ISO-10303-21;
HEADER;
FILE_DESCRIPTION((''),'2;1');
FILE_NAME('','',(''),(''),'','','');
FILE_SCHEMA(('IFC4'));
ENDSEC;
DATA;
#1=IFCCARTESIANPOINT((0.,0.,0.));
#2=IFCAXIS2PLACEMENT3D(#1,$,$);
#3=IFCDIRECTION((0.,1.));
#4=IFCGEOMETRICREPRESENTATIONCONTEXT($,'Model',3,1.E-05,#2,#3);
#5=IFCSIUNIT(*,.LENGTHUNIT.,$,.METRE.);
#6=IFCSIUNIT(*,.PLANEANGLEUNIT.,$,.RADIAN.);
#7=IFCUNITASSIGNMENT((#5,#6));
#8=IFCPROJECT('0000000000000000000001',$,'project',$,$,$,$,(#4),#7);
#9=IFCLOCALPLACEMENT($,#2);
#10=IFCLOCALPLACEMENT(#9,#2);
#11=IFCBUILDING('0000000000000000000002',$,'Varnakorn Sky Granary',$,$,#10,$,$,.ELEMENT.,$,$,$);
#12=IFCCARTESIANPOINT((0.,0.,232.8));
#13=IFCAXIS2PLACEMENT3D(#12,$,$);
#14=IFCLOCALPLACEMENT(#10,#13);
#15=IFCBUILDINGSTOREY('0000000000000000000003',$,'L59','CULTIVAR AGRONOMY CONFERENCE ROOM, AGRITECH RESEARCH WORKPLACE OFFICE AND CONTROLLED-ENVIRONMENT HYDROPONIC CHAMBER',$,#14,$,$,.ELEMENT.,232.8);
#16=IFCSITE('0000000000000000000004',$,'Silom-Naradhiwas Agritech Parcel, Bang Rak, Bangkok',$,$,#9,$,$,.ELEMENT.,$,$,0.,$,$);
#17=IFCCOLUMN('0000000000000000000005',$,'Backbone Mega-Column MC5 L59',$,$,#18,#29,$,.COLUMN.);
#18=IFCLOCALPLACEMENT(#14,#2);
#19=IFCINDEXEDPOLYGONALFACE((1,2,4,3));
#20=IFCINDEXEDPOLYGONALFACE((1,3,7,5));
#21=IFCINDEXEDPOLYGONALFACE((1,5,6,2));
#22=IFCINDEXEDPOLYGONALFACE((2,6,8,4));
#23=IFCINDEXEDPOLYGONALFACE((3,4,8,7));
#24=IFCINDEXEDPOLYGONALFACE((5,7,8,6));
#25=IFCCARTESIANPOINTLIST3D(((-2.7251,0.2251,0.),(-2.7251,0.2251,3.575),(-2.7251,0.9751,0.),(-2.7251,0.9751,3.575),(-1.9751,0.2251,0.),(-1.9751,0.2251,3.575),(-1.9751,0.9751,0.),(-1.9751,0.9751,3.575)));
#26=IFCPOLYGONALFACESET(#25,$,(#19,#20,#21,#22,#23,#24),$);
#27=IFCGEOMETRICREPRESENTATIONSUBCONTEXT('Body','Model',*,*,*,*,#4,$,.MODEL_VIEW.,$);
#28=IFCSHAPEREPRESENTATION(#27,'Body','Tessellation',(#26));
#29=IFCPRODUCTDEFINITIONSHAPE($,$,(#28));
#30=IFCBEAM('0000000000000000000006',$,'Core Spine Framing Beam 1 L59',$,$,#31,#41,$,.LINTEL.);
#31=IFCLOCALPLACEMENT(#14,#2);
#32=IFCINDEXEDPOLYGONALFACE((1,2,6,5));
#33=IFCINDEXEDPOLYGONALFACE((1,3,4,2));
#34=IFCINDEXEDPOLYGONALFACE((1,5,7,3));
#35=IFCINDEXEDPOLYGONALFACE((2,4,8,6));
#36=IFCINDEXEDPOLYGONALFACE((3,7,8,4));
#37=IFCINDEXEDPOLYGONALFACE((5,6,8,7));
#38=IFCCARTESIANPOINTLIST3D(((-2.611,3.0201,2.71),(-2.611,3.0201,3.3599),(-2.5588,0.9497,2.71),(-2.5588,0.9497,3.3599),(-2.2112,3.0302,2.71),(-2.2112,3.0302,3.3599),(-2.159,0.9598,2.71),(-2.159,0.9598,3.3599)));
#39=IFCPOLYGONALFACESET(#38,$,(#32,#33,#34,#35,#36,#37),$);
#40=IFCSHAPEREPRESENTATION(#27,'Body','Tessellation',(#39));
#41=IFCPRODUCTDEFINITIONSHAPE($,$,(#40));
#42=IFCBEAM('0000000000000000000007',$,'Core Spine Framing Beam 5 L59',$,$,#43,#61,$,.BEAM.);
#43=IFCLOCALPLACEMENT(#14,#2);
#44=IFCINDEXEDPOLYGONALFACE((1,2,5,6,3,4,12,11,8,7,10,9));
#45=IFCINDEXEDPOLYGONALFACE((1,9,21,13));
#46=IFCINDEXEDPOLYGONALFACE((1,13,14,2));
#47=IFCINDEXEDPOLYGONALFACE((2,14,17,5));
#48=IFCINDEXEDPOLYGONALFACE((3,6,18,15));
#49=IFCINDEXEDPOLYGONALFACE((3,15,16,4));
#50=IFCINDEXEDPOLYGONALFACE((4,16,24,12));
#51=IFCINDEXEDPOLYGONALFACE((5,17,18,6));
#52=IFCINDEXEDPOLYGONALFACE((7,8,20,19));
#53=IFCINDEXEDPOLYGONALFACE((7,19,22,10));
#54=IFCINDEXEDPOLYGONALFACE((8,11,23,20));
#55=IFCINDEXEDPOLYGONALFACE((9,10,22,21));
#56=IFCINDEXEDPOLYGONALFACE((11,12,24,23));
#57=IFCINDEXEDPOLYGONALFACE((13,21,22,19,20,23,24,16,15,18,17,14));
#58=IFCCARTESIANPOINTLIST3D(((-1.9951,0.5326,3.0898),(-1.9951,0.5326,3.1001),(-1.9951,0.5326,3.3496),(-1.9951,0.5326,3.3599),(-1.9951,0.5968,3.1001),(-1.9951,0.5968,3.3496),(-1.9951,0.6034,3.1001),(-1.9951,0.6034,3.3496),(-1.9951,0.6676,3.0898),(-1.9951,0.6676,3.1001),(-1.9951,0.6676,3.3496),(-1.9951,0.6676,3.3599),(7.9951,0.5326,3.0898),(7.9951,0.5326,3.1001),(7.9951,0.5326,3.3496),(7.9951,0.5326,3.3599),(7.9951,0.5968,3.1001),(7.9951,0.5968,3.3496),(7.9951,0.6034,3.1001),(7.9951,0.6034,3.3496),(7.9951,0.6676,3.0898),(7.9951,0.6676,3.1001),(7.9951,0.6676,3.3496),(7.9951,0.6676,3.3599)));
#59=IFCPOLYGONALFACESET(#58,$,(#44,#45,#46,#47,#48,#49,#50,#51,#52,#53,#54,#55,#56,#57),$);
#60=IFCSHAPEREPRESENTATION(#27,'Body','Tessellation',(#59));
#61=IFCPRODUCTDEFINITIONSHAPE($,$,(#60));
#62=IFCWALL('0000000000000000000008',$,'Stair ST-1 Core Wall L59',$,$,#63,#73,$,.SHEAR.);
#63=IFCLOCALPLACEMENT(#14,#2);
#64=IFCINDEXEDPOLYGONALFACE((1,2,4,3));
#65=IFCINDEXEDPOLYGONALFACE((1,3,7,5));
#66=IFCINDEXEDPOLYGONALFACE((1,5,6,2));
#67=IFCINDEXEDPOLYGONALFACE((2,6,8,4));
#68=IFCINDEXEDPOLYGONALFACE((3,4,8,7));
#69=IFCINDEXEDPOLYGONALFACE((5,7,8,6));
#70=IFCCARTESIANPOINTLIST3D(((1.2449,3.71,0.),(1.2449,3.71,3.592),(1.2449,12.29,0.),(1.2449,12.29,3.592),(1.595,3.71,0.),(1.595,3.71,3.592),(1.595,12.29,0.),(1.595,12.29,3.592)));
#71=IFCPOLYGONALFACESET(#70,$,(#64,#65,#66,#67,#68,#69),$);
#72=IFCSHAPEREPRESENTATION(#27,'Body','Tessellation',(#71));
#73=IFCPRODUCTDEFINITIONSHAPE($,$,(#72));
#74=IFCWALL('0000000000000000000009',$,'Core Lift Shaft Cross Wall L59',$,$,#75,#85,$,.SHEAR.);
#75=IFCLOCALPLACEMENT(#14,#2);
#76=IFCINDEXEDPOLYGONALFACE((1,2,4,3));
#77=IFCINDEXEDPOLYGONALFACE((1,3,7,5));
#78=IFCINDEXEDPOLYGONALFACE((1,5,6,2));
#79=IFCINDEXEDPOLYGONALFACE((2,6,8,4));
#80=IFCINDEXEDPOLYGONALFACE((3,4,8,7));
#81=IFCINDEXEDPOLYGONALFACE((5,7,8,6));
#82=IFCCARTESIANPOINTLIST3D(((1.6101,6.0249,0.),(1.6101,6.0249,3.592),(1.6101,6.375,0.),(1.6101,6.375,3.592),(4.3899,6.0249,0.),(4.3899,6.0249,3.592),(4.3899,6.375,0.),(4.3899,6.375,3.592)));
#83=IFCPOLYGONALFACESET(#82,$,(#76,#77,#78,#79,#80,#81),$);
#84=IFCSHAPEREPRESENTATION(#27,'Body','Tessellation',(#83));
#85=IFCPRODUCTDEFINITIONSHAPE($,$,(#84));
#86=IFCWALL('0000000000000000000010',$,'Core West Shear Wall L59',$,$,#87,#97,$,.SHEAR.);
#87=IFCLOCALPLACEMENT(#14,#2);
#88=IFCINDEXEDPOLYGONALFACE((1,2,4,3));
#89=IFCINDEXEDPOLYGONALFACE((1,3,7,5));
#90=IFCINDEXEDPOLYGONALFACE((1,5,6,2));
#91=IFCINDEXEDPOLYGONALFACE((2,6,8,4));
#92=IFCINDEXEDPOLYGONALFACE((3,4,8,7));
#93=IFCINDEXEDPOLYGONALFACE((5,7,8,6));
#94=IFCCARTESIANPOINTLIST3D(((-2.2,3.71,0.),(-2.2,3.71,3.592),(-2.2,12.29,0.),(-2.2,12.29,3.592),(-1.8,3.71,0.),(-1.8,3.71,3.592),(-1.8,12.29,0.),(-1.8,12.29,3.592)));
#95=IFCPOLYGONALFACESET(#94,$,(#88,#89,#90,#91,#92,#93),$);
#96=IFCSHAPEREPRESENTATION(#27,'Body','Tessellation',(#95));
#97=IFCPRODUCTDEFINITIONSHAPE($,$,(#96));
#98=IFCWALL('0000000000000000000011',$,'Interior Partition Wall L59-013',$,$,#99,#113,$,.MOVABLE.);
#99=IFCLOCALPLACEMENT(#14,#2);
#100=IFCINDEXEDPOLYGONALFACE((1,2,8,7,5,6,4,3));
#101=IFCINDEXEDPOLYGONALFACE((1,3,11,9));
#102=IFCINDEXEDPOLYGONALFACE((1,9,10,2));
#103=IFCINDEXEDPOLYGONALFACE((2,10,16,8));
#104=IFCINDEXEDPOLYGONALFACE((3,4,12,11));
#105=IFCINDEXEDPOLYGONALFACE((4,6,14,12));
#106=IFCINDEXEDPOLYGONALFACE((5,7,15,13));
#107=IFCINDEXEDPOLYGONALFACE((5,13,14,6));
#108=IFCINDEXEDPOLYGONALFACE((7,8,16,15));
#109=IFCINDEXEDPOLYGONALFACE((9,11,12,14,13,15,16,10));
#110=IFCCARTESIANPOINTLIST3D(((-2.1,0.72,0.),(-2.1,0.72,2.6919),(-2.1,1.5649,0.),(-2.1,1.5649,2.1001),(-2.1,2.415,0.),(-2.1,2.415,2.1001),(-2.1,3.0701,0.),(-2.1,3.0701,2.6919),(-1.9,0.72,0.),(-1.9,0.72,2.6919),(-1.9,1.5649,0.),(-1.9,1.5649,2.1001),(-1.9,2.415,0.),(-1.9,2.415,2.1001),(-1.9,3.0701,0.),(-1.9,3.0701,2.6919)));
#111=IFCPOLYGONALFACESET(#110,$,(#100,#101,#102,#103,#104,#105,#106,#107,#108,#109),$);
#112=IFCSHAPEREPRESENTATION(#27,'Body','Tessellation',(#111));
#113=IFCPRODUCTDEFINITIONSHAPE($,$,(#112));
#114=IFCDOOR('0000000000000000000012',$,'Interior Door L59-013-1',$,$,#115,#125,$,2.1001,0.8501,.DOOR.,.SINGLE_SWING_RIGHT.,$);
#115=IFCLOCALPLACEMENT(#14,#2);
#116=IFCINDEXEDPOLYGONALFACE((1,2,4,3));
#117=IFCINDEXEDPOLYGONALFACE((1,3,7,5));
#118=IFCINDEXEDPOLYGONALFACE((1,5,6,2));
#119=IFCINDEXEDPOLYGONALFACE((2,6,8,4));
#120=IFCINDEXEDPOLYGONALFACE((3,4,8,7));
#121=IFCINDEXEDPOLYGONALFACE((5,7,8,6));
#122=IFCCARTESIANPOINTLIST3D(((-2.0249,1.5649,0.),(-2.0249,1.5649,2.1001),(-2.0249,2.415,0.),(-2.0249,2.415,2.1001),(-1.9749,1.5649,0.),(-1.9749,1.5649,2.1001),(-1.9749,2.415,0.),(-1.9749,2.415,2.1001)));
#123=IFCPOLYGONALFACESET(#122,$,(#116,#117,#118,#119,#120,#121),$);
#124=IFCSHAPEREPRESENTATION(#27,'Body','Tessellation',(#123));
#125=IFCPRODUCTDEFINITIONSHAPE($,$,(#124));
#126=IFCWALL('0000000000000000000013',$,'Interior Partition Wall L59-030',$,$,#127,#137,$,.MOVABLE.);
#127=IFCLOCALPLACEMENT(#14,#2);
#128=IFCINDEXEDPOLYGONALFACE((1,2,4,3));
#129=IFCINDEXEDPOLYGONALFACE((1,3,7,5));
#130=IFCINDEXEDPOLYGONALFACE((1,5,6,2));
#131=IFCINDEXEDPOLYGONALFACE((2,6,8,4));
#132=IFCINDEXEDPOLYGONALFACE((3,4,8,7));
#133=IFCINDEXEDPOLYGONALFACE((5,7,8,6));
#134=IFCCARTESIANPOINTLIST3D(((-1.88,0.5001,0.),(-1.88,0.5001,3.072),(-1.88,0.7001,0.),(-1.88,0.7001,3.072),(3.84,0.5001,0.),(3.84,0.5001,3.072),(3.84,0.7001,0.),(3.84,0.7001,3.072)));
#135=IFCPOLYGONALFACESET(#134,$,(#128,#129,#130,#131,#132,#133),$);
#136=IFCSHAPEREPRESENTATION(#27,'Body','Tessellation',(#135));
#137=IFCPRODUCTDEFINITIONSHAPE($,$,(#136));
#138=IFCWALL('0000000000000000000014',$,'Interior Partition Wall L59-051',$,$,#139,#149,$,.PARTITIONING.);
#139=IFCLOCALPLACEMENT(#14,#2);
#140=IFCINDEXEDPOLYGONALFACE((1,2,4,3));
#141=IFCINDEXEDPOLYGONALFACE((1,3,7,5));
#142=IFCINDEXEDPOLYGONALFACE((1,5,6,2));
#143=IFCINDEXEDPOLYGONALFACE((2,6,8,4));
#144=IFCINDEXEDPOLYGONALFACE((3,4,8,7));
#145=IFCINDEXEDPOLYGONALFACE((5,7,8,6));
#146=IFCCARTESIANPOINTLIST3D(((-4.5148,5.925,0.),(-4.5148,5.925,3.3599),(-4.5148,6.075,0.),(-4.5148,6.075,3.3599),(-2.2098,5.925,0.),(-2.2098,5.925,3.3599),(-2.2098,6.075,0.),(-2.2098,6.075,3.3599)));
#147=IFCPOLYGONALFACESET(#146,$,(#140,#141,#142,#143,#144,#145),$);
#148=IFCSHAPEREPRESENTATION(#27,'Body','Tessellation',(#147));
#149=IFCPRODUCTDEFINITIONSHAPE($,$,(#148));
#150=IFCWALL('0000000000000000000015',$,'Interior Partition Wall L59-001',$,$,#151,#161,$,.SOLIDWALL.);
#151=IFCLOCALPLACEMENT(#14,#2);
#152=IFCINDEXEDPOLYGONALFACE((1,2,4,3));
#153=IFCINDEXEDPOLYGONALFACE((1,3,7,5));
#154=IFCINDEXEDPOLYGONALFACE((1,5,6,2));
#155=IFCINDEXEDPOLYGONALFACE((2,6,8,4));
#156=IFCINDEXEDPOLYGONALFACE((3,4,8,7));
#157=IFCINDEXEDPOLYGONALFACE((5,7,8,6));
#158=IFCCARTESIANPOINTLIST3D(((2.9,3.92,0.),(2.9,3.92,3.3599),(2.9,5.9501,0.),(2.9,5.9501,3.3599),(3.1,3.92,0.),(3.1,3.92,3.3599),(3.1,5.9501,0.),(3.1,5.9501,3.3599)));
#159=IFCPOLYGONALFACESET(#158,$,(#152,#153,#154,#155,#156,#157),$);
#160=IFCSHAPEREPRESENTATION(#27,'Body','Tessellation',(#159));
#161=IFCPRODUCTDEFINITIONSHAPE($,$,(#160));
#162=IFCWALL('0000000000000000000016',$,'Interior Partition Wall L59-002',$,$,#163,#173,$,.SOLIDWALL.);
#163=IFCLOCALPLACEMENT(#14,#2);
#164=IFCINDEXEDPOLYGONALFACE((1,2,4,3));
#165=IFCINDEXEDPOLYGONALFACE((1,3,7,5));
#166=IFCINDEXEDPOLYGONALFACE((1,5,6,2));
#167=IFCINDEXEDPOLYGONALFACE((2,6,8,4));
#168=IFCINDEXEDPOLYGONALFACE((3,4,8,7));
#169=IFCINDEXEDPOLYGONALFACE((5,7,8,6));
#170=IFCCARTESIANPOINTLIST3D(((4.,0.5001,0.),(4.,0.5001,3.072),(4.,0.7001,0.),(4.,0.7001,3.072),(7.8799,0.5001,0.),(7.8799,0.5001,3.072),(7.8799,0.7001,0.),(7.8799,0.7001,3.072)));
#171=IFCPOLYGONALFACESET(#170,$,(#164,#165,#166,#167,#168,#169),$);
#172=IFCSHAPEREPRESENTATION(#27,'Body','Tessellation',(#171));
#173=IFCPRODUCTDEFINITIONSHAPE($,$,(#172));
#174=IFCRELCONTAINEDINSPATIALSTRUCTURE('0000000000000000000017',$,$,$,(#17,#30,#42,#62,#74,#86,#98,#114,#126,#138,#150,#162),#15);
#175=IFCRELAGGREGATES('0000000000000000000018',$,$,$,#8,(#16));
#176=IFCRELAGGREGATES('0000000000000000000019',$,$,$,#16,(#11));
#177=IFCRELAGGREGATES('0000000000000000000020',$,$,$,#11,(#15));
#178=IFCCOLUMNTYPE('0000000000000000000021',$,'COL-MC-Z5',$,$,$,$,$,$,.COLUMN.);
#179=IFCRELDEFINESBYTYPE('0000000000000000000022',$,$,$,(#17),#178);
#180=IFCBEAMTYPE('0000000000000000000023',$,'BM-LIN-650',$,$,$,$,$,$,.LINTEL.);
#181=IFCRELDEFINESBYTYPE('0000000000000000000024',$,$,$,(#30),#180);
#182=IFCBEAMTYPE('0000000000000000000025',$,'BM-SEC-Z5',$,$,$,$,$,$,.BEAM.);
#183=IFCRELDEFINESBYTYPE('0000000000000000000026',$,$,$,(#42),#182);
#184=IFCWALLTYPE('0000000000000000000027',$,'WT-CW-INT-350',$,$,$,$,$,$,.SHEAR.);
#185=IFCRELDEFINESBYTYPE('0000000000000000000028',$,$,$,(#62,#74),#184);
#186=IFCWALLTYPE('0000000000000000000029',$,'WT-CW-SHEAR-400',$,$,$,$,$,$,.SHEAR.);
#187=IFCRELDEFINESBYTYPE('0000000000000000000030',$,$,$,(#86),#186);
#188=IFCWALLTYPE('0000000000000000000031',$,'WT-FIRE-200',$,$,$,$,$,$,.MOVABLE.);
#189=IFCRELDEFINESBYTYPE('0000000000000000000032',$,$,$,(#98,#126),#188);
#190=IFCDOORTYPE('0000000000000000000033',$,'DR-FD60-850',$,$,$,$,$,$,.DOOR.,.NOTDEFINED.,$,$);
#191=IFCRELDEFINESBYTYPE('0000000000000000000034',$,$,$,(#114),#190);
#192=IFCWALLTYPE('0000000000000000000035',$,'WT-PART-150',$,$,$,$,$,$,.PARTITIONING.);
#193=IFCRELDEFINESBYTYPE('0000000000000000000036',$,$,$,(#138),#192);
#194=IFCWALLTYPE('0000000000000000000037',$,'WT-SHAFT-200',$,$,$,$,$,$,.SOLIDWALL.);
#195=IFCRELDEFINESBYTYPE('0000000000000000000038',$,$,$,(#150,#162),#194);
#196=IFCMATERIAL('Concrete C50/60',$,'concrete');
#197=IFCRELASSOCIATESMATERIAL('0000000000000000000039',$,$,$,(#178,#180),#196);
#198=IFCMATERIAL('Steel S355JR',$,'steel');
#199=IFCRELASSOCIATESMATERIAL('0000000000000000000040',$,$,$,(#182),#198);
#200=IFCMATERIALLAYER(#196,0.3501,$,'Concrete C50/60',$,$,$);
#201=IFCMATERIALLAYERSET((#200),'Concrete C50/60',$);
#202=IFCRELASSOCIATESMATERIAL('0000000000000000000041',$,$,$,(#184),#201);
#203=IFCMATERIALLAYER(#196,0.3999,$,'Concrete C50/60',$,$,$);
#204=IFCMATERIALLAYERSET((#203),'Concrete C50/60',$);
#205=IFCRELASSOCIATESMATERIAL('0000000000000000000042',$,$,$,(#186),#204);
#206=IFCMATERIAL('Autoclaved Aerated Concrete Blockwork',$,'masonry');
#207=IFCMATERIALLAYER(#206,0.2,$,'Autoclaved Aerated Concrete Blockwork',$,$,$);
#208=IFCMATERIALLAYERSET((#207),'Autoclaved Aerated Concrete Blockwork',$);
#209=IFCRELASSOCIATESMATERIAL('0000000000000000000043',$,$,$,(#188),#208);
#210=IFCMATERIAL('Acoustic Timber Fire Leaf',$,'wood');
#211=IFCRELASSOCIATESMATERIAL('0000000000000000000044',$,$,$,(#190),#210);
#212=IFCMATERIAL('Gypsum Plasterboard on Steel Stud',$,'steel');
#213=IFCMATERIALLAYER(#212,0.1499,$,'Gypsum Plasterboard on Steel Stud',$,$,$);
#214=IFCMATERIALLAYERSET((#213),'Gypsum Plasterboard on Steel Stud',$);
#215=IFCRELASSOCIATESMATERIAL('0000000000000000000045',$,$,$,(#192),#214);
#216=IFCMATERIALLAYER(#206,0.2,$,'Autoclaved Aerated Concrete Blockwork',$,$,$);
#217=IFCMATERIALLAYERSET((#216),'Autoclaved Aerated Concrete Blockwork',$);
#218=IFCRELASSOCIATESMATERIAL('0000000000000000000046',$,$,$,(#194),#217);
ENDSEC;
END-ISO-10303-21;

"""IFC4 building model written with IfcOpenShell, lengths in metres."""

from ifc_helpers import new_model, si_unit, direction, frame, frame_2d, origin, origin_2d, place, context, subcontext, project, spatial, rectangle, i_section, extrude, material, layer, layer_set, material_profile, profile_set, type_object, element, fill, save


model = new_model("IFC4")

# Units and contexts
model_context = context("Model", 3, precision=1e-05, world=origin(), true_north=direction((0.0, 1.0)))
body_context = subcontext(model_context, "Body", "Model", "MODEL_VIEW")
ifc_project = project(units=[si_unit("LENGTHUNIT", "METRE"), si_unit("PLANEANGLEUNIT", "RADIAN")], contexts=[model_context])

# Site, building, storey
site_placement = place(None, origin())
site = spatial("IfcSite", under=ifc_project, at=site_placement, Name="Silom-Naradhiwas Agritech Parcel, Bang Rak, Bangkok", CompositionType="ELEMENT", RefElevation=0.0)
building_placement = place(site_placement, origin())
building = spatial("IfcBuilding", under=site, at=building_placement, Name="Varnakorn Sky Granary", CompositionType="ELEMENT")
storey_placement = place(building_placement, frame((0.0, 0.0, 232.8)))
storey = spatial("IfcBuildingStorey", under=building, at=storey_placement, Name="L59", Description="CULTIVAR AGRONOMY CONFERENCE ROOM, AGRITECH RESEARCH WORKPLACE OFFICE AND CONTROLLED-ENVIRONMENT HYDROPONIC CHAMBER", CompositionType="ELEMENT", Elevation=232.8)

# Column
ifc_material_1 = material(Name="Concrete C50/60", Category="concrete")
ifc_material_profile_1 = material_profile(ifc_material_1, rectangle(XDim=0.75, YDim=0.75, at=origin_2d()), Name="RC 750x750")
ifc_profile_set_1 = profile_set([ifc_material_profile_1], Name="Concrete C50/60")
column_type = type_object("IfcColumnType", Name="COL-MC-Z5", PredefinedType="COLUMN", material=ifc_profile_set_1)
column_placement = place(storey_placement, frame((-2.3501, 0.6001, 0.0), z_axis=(0.0, 0.0, 1.0), x_axis=(1.0, 0.0, 0.0)))
element("IfcColumn", 1, at=column_placement, inside=storey, type_object=column_type, Name="Backbone Mega-Column MC5 L59", PredefinedType="COLUMN", context=body_context, shape_type="SweptSolid", body=[
    extrude(rectangle(XDim=0.75, YDim=0.75, at=origin_2d()), origin(), (0.0, 0.0, 1.0), 3.575),
])

# Beams
ifc_material_profile_2 = material_profile(ifc_material_1, rectangle(XDim=0.3999, YDim=0.6499, at=origin_2d()), Name="RC 400x650")
ifc_profile_set_2 = profile_set([ifc_material_profile_2], Name="Concrete C50/60")
beam_type_1 = type_object("IfcBeamType", Name="BM-LIN-650", PredefinedType="LINTEL", material=ifc_profile_set_2)
beam_1_placement = place(storey_placement, frame((-2.4111, 3.0251, 3.0349), z_axis=(0.025228, -0.999682, 0.0), x_axis=(0.999682, 0.025228, 0.0)))
element("IfcBeam", 2, at=beam_1_placement, inside=storey, type_object=beam_type_1, Name="Core Spine Framing Beam 1 L59", PredefinedType="LINTEL", context=body_context, shape_type="SweptSolid", body=[
    extrude(rectangle(XDim=0.3999, YDim=0.6499, at=origin_2d()), origin(), (0.0, 0.0, 1.0), 2.071),
])
ifc_material_2 = material(Name="Steel S355JR", Category="steel")
ifc_material_profile_3 = material_profile(ifc_material_2, i_section(OverallWidth=0.135, OverallDepth=0.27, WebThickness=0.0066, FlangeThickness=0.0103, at=origin_2d()), Name="IPE 270")
ifc_profile_set_3 = profile_set([ifc_material_profile_3], Name="Steel S355JR")
beam_type_2 = type_object("IfcBeamType", Name="BM-SEC-Z5", PredefinedType="BEAM", material=ifc_profile_set_3)
beam_2_placement = place(storey_placement, frame((-1.9951, 0.6001, 3.2249), z_axis=(1.0, 0.0, 0.0), x_axis=(0.0, 1.0, 0.0)))
element("IfcBeam", 3, at=beam_2_placement, inside=storey, type_object=beam_type_2, Name="Core Spine Framing Beam 5 L59", PredefinedType="BEAM", context=body_context, shape_type="SweptSolid", body=[
    extrude(i_section(OverallWidth=0.135, OverallDepth=0.27, WebThickness=0.0066, FlangeThickness=0.0103, at=origin_2d()), origin(), (0.0, 0.0, 1.0), 9.9902),
])

# Walls
ifc_layer_1 = layer(ifc_material_1, 0.3501, Name="Concrete C50/60")
ifc_layer_set_1 = layer_set([ifc_layer_1], Name="Concrete C50/60")
wall_type_1 = type_object("IfcWallType", Name="WT-CW-INT-350", PredefinedType="SHEAR", material=ifc_layer_set_1)
wall_1_placement = place(storey_placement, frame((1.4199, 3.71, 0.0), z_axis=(0.0, 0.0, 1.0), x_axis=(0.0, 1.0, 0.0)))
element("IfcWall", 4, at=wall_1_placement, inside=storey, type_object=wall_type_1, Name="Stair ST-1 Core Wall L59", PredefinedType="SHEAR", context=body_context, shape_type="SweptSolid", body=[
    extrude(rectangle(XDim=8.5801, YDim=0.3501, at=frame_2d((4.29, 0.0))), origin(), (0.0, 0.0, 1.0), 3.592),
])
wall_2_placement = place(storey_placement, frame((1.6101, 6.2, 0.0), z_axis=(0.0, 0.0, 1.0), x_axis=(1.0, 0.0, 0.0)))
element("IfcWall", 5, at=wall_2_placement, inside=storey, type_object=wall_type_1, Name="Core Lift Shaft Cross Wall L59", PredefinedType="SHEAR", context=body_context, shape_type="SweptSolid", body=[
    extrude(rectangle(XDim=2.7798, YDim=0.3501, at=frame_2d((1.3899, 0.0))), origin(), (0.0, 0.0, 1.0), 3.592),
])

# Shared definitions
ifc_layer_2 = layer(ifc_material_1, 0.3999, Name="Concrete C50/60")
ifc_layer_set_2 = layer_set([ifc_layer_2], Name="Concrete C50/60")
wall_type_2 = type_object("IfcWallType", Name="WT-CW-SHEAR-400", PredefinedType="SHEAR", material=ifc_layer_set_2)

# Wall
wall_3_placement = place(storey_placement, frame((-2.0, 3.71, 0.0), z_axis=(0.0, 0.0, 1.0), x_axis=(0.0, 1.0, 0.0)))
element("IfcWall", 6, at=wall_3_placement, inside=storey, type_object=wall_type_2, Name="Core West Shear Wall L59", PredefinedType="SHEAR", context=body_context, shape_type="SweptSolid", body=[
    extrude(rectangle(XDim=8.5801, YDim=0.3999, at=frame_2d((4.29, 0.0))), origin(), (0.0, 0.0, 1.0), 3.592),
])

# Wall, opening, door
ifc_material_3 = material(Name="Autoclaved Aerated Concrete Blockwork", Category="masonry")
ifc_layer_3 = layer(ifc_material_3, 0.2, Name="Autoclaved Aerated Concrete Blockwork")
ifc_layer_set_3 = layer_set([ifc_layer_3], Name="Autoclaved Aerated Concrete Blockwork")
wall_type_3 = type_object("IfcWallType", Name="WT-FIRE-200", PredefinedType="MOVABLE", material=ifc_layer_set_3)
wall_4_placement = place(storey_placement, frame((-2.0, 0.72, 0.0), z_axis=(0.0, 0.0, 1.0), x_axis=(0.0, 1.0, 0.0)))
wall_4 = element("IfcWall", 7, at=wall_4_placement, inside=storey, type_object=wall_type_3, Name="Interior Partition Wall L59-013", PredefinedType="MOVABLE", context=body_context, shape_type="SweptSolid", body=[
    extrude(rectangle(XDim=2.3501, YDim=0.2, at=frame_2d((1.175, 0.0))), origin(), (0.0, 0.0, 1.0), 2.6919),
])
opening_1_placement = place(wall_4_placement, frame((0.845, 0.0, 0.0)))
opening_1 = element("IfcOpeningElement", 8, at=opening_1_placement, cuts=wall_4, PredefinedType="OPENING", context=body_context, shape_type="SweptSolid", body=[
    extrude(rectangle(XDim=0.8501, YDim=2.1001, at=frame_2d((0.425, 1.05))), frame((0.0, 0.1099, 0.0), z_axis=(0.0, -1.0, 0.0), x_axis=(1.0, 0.0, 0.0)), (0.0, 0.0, 1.0), 0.22),
])
ifc_material_4 = material(Name="Acoustic Timber Fire Leaf", Category="wood")
door_type_1 = type_object("IfcDoorType", Name="DR-FD60-850", OperationType="NOTDEFINED", PredefinedType="DOOR", material=ifc_material_4)
door_1_placement = place(opening_1_placement, origin())
door_1 = element("IfcDoor", 9, at=door_1_placement, inside=storey, type_object=door_type_1, Name="Interior Door L59-013-1", OperationType="SINGLE_SWING_RIGHT", OverallHeight=2.1001, OverallWidth=0.8501, PredefinedType="DOOR", context=body_context, shape_type="SweptSolid", body=[
    extrude(rectangle(XDim=0.8501, YDim=2.1001, at=frame_2d((0.425, 1.05))), frame((0.0, 0.0249, 0.0), z_axis=(0.0, -1.0, 0.0), x_axis=(1.0, 0.0, 0.0)), (0.0, 0.0, 1.0), 0.05),
])
fill(opening_1, door_1)

# Walls
wall_5_placement = place(storey_placement, frame((-1.8799, 0.6001, 0.0), z_axis=(0.0, 0.0, 1.0), x_axis=(1.0, 0.0, 0.0)))
element("IfcWall", 10, at=wall_5_placement, inside=storey, type_object=wall_type_3, Name="Interior Partition Wall L59-030", PredefinedType="MOVABLE", context=body_context, shape_type="SweptSolid", body=[
    extrude(rectangle(XDim=5.72, YDim=0.2, at=frame_2d((2.8599, 0.0))), origin(), (0.0, 0.0, 1.0), 3.072),
])
ifc_material_5 = material(Name="Gypsum Plasterboard on Steel Stud", Category="steel")
ifc_layer_4 = layer(ifc_material_5, 0.1499, Name="Gypsum Plasterboard on Steel Stud")
ifc_layer_set_4 = layer_set([ifc_layer_4], Name="Gypsum Plasterboard on Steel Stud")
wall_type_4 = type_object("IfcWallType", Name="WT-PART-150", PredefinedType="PARTITIONING", material=ifc_layer_set_4)
wall_6_placement = place(storey_placement, frame((-2.21, 6.0, 0.0), z_axis=(0.0, 0.0, 1.0), x_axis=(-1.0, 0.0, 0.0)))
element("IfcWall", 11, at=wall_6_placement, inside=storey, type_object=wall_type_4, Name="Interior Partition Wall L59-051", PredefinedType="PARTITIONING", context=body_context, shape_type="SweptSolid", body=[
    extrude(rectangle(XDim=2.3049, YDim=0.1499, at=frame_2d((1.1523, 0.0))), origin(), (0.0, 0.0, 1.0), 3.3599),
])
ifc_layer_5 = layer(ifc_material_3, 0.2, Name="Autoclaved Aerated Concrete Blockwork")
ifc_layer_set_5 = layer_set([ifc_layer_5], Name="Autoclaved Aerated Concrete Blockwork")
wall_type_5 = type_object("IfcWallType", Name="WT-SHAFT-200", PredefinedType="SOLIDWALL", material=ifc_layer_set_5)
wall_7_placement = place(storey_placement, frame((3.0, 3.9199, 0.0), z_axis=(0.0, 0.0, 1.0), x_axis=(0.0, 1.0, 0.0)))
element("IfcWall", 12, at=wall_7_placement, inside=storey, type_object=wall_type_5, Name="Interior Partition Wall L59-001", PredefinedType="SOLIDWALL", context=body_context, shape_type="SweptSolid", body=[
    extrude(rectangle(XDim=2.03, YDim=0.2, at=frame_2d((1.0151, 0.0))), origin(), (0.0, 0.0, 1.0), 3.3599),
])
wall_8_placement = place(storey_placement, frame((4.0, 0.6001, 0.0), z_axis=(0.0, 0.0, 1.0), x_axis=(1.0, 0.0, 0.0)))
element("IfcWall", 13, at=wall_8_placement, inside=storey, type_object=wall_type_5, Name="Interior Partition Wall L59-002", PredefinedType="SOLIDWALL", context=body_context, shape_type="SweptSolid", body=[
    extrude(rectangle(XDim=3.8799, YDim=0.2, at=frame_2d((1.9399, 0.0))), origin(), (0.0, 0.0, 1.0), 3.072),
])

save(model, "model.ifc")
